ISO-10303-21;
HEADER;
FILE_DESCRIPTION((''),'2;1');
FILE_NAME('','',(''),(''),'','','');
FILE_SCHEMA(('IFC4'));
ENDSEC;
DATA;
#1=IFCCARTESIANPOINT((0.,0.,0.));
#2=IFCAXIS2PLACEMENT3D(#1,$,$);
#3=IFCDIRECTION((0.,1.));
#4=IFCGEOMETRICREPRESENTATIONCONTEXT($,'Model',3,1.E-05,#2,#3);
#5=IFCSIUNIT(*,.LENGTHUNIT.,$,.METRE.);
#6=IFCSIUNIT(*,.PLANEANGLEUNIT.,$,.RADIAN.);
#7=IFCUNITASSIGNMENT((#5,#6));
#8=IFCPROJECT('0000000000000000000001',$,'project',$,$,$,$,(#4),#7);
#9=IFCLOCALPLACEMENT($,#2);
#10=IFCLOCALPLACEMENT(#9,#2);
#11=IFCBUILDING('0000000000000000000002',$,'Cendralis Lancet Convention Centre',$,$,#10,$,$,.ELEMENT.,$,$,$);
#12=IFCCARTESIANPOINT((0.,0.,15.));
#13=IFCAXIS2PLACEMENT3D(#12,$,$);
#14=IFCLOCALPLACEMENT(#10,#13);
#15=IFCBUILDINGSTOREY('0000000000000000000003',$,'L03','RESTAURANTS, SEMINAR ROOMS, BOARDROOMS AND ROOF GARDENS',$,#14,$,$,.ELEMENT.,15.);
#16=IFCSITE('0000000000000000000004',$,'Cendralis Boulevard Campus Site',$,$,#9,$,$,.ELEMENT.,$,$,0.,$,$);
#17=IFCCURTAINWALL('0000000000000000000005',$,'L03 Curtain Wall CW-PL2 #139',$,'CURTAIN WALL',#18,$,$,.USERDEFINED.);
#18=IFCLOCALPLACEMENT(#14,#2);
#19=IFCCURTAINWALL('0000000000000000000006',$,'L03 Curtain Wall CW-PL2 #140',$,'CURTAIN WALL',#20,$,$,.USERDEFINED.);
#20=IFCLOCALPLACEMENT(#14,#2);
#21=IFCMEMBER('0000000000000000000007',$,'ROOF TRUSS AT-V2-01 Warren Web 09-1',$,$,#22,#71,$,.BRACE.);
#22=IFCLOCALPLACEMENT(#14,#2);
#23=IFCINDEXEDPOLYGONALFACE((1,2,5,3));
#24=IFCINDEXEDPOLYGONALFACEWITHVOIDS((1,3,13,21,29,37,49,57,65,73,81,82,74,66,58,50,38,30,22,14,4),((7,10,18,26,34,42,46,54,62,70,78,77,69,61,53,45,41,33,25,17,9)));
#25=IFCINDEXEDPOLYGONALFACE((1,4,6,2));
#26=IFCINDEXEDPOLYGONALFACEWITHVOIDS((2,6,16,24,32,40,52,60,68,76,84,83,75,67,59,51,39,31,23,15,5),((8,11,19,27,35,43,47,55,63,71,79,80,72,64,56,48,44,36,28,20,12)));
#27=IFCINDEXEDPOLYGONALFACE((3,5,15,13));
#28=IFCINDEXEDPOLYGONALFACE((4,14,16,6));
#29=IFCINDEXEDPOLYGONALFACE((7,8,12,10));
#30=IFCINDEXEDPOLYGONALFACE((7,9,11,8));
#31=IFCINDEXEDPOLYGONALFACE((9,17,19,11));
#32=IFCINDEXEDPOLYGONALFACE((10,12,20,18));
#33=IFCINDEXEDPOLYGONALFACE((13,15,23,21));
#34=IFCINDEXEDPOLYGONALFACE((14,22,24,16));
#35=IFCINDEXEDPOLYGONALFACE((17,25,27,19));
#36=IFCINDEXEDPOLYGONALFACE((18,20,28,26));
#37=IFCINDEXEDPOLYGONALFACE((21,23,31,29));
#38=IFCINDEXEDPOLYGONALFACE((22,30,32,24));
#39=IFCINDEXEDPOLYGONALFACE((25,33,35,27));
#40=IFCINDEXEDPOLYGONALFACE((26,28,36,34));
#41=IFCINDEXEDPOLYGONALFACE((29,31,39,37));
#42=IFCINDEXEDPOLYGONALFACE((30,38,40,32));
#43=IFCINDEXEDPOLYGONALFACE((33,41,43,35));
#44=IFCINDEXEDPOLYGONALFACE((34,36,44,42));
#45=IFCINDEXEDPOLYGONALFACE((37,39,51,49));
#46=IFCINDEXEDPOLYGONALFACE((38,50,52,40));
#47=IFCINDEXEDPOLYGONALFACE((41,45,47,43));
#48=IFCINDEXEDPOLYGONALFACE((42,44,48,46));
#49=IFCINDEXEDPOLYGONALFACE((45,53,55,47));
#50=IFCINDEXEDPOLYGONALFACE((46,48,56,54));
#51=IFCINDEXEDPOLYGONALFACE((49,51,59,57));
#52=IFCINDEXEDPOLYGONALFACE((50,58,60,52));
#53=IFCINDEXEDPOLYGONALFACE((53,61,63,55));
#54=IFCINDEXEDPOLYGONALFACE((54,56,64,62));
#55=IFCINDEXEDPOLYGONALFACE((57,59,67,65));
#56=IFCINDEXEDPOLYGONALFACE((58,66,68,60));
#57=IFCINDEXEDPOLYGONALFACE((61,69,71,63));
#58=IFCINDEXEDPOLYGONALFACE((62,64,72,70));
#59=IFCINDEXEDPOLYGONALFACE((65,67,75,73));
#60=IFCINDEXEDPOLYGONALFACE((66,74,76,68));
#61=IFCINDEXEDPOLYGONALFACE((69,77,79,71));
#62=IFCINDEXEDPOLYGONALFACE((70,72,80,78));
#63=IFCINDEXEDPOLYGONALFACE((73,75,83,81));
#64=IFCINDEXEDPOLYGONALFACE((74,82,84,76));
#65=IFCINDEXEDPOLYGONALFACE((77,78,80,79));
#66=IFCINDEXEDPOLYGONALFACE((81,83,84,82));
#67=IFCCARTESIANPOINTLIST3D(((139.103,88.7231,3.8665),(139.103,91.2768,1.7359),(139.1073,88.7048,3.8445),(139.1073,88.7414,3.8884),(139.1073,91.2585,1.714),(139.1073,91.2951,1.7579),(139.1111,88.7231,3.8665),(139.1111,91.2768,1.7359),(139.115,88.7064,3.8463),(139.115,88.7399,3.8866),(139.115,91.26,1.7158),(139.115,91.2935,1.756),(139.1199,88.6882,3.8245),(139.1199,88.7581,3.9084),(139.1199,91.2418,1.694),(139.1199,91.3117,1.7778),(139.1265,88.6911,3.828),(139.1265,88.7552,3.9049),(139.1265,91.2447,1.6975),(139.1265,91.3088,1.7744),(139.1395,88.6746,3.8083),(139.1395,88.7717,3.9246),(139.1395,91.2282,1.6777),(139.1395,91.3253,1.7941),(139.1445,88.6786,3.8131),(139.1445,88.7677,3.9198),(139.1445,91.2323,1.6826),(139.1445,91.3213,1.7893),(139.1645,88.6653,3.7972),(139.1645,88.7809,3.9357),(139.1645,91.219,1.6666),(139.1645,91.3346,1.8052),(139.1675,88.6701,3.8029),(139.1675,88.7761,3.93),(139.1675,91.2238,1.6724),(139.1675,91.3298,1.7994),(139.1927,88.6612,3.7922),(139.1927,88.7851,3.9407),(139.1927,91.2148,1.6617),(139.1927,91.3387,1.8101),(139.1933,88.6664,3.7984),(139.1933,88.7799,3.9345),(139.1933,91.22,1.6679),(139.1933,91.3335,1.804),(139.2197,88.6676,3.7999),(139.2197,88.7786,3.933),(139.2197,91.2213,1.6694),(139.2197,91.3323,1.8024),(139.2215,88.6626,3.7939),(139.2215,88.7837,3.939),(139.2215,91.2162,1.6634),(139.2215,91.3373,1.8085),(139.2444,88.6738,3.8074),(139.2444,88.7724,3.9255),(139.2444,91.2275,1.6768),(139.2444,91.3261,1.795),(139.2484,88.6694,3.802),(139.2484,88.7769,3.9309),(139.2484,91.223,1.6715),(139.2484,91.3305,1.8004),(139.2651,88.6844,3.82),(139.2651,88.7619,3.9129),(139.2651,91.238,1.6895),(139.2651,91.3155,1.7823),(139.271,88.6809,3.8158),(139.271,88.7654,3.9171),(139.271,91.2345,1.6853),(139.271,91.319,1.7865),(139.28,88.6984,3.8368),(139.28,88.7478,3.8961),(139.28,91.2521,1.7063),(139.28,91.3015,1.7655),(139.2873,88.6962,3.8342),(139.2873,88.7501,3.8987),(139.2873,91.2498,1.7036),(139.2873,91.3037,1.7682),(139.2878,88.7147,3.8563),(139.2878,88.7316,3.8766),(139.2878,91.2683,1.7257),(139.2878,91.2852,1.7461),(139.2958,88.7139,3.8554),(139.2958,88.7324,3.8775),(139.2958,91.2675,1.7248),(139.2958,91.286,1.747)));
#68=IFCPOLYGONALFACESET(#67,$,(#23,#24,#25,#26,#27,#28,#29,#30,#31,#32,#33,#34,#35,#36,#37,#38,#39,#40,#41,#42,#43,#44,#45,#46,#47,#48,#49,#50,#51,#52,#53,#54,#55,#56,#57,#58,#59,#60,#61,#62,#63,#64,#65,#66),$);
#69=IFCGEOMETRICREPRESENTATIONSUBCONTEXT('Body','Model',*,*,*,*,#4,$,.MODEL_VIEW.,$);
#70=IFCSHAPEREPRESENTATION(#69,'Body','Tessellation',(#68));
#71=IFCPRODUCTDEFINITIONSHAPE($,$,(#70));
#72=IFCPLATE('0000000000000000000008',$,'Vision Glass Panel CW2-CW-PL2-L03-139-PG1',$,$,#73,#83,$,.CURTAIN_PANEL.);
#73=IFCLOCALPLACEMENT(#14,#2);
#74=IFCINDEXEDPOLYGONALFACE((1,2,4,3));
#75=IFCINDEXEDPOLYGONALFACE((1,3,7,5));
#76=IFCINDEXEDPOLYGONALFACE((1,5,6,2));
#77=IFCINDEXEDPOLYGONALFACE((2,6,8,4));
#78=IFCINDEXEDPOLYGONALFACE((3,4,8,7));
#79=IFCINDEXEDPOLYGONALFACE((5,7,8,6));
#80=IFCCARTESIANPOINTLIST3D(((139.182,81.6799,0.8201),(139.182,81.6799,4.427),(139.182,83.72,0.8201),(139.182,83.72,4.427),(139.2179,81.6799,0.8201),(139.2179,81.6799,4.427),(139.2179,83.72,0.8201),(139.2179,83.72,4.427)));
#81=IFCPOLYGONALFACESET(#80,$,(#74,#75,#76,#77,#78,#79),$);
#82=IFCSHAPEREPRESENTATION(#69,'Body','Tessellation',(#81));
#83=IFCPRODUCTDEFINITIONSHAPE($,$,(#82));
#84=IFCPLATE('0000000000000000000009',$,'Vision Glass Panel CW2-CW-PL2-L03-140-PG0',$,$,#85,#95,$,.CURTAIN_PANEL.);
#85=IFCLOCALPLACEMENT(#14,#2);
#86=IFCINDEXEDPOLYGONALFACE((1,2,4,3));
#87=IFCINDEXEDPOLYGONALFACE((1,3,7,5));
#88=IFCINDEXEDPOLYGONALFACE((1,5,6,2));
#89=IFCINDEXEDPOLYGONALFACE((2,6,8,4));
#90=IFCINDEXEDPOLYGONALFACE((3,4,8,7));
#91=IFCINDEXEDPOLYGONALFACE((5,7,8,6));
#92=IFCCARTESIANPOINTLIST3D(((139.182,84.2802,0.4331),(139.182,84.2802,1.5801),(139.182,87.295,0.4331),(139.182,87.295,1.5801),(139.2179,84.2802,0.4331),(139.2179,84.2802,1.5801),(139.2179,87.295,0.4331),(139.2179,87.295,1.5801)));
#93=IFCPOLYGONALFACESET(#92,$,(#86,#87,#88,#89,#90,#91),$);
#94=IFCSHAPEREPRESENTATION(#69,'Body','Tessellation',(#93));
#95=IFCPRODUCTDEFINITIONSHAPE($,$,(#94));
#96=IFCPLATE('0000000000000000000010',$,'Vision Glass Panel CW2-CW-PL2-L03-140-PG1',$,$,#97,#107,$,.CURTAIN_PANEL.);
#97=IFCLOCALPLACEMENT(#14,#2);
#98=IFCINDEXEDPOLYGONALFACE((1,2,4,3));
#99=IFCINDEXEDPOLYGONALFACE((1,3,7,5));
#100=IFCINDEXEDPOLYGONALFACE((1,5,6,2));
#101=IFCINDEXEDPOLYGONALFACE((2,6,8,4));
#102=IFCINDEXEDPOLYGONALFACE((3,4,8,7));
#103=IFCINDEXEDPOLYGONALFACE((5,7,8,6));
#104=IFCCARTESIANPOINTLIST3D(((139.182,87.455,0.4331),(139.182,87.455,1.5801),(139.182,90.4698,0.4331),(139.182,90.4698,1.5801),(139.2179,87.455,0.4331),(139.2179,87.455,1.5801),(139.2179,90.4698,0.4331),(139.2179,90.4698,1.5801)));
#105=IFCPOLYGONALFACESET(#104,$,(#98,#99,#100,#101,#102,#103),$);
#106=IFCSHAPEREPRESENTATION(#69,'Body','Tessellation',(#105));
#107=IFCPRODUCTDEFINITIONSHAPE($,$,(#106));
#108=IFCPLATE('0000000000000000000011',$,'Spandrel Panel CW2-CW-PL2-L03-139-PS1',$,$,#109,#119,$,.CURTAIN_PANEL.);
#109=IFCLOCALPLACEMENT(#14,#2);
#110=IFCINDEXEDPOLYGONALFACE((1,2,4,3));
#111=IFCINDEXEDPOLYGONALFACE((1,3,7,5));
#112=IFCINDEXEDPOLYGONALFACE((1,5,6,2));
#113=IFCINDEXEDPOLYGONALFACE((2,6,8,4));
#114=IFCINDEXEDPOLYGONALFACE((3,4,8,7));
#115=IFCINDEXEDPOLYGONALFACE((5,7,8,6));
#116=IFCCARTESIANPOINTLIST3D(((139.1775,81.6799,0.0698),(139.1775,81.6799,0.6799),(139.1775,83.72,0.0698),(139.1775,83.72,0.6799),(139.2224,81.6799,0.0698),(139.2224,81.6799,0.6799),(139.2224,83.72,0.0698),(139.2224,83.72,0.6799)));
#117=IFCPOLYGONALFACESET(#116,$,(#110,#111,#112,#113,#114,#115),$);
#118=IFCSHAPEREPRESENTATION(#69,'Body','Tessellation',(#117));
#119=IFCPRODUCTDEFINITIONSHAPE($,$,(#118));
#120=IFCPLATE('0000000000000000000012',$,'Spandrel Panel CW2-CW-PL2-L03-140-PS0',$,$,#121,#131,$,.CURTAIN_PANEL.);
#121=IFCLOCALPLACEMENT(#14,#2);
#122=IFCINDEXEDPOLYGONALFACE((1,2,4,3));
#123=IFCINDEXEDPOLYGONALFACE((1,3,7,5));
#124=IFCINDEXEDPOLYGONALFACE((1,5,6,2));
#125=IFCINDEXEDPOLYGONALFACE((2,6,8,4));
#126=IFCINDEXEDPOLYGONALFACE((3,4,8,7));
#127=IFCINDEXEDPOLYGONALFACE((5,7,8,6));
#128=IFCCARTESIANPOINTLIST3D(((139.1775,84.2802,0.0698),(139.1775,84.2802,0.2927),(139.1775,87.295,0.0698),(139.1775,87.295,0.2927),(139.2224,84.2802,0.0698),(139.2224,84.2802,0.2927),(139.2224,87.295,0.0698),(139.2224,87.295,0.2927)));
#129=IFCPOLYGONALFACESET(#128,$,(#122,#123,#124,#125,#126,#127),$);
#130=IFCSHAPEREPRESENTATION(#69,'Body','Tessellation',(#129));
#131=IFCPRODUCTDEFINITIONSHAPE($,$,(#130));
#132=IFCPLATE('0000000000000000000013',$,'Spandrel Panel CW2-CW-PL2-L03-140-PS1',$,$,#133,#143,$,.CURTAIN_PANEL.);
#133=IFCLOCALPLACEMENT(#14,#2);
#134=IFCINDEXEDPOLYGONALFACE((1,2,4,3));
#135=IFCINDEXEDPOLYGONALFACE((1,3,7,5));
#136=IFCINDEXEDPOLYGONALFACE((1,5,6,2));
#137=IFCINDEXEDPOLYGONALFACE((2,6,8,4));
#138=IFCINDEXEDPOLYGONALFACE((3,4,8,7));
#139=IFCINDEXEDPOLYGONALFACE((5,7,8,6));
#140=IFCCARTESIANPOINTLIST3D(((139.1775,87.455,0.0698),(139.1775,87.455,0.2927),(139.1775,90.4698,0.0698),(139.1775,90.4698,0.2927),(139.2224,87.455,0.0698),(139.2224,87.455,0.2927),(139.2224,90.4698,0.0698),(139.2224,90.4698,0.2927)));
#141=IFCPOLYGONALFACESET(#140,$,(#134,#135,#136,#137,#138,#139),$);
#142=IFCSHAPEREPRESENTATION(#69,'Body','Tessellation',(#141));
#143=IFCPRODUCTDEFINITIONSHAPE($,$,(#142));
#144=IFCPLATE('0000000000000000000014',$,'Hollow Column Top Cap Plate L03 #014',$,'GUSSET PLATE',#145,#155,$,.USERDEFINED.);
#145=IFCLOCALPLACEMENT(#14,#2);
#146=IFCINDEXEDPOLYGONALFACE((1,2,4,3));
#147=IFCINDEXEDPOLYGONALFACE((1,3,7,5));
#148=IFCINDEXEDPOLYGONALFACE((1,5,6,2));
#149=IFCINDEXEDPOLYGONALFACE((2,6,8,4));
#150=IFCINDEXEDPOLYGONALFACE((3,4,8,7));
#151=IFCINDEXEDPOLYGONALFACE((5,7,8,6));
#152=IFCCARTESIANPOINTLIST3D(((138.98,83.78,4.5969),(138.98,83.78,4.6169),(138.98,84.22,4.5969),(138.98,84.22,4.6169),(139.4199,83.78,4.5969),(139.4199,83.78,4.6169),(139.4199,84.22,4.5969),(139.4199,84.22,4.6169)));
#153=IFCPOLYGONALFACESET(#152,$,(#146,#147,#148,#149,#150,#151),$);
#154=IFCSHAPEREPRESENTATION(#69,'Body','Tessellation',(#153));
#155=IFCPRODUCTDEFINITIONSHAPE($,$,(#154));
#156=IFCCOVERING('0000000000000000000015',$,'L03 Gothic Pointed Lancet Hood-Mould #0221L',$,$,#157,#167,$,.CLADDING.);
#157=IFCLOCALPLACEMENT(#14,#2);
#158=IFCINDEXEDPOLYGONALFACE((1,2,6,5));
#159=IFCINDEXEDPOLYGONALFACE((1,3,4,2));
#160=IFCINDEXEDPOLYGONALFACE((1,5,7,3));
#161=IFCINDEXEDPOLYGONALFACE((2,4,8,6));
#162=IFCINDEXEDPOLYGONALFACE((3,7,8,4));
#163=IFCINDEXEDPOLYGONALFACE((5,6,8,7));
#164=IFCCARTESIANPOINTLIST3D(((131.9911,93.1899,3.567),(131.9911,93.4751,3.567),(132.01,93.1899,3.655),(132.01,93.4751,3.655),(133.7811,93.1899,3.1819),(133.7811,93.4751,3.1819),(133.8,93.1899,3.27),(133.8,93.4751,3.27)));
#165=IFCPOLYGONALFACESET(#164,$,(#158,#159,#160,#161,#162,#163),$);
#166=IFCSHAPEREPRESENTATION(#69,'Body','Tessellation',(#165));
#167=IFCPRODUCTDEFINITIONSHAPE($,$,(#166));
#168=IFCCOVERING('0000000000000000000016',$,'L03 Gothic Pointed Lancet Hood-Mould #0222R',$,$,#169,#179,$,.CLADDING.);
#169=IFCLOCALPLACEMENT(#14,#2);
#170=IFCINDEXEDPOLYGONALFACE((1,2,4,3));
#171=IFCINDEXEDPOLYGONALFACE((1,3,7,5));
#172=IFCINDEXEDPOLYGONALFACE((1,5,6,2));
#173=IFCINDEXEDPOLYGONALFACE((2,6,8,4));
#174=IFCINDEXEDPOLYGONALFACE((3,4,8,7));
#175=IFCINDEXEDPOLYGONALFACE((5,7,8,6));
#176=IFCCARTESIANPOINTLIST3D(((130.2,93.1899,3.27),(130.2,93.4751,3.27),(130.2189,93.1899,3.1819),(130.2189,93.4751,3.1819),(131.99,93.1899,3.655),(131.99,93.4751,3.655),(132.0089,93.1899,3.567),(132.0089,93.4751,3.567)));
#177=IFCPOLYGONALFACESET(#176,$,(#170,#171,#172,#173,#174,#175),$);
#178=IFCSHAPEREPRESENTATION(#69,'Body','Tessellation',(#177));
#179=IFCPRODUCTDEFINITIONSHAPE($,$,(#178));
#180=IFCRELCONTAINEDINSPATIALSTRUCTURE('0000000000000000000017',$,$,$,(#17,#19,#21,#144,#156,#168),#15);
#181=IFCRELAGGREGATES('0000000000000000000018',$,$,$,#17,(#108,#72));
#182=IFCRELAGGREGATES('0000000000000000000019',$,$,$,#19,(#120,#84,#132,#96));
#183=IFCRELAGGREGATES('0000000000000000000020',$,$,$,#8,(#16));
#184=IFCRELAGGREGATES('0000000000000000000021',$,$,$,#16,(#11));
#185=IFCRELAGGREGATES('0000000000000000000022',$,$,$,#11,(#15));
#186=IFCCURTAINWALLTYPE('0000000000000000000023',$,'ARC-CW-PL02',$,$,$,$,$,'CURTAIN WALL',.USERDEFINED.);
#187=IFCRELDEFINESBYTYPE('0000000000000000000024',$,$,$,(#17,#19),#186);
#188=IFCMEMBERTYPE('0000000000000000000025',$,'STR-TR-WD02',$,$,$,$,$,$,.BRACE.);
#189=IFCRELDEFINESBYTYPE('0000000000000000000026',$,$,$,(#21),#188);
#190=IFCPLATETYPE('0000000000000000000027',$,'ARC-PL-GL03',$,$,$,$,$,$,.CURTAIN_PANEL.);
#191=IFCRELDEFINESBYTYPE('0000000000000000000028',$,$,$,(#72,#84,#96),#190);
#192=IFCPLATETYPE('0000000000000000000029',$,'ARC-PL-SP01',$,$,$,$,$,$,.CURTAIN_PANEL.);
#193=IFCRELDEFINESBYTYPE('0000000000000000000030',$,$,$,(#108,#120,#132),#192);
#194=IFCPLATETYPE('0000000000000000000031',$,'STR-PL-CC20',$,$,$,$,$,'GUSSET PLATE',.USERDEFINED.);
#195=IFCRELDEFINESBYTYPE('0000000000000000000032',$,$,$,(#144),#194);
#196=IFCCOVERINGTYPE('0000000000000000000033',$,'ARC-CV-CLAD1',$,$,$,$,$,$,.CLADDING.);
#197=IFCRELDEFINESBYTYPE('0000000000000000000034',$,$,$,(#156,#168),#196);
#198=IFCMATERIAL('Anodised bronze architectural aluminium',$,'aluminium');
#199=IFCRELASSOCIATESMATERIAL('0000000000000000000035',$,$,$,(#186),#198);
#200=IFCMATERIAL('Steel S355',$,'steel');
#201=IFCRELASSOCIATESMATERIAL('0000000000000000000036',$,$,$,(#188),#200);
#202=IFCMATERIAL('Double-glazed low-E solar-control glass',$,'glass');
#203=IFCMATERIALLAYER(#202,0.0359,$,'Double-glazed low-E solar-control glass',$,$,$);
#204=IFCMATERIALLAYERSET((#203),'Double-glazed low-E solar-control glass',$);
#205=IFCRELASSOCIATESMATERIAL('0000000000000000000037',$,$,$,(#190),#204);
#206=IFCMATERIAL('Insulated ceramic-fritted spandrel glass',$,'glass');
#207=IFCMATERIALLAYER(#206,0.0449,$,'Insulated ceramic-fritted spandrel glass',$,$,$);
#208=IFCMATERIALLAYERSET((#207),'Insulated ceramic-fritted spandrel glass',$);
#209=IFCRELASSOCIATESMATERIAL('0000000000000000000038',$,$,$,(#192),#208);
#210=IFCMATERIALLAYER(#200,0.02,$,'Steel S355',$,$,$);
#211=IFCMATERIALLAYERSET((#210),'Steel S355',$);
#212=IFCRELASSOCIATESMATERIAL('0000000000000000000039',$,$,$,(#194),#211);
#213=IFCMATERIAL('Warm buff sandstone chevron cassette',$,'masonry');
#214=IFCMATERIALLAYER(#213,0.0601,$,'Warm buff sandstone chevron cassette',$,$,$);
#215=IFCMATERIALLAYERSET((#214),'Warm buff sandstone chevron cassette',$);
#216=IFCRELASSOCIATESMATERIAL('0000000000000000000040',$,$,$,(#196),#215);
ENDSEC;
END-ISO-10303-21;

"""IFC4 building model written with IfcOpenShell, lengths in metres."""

from ifc_helpers import new_model, si_unit, direction, frame, origin, origin_2d, place, context, subcontext, project, spatial, polyline, rectangle, hollow_circle, outline, extrude, material, layer, layer_set, material_profile, profile_set, type_object, element, aggregate, save


model = new_model("IFC4")

# Units and contexts
model_context = context("Model", 3, precision=1e-05, world=origin(), true_north=direction((0.0, 1.0)))
body_context = subcontext(model_context, "Body", "Model", "MODEL_VIEW")
ifc_project = project(units=[si_unit("LENGTHUNIT", "METRE"), si_unit("PLANEANGLEUNIT", "RADIAN")], contexts=[model_context])

# Site, building, storey
site_placement = place(None, origin())
site = spatial("IfcSite", under=ifc_project, at=site_placement, Name="Cendralis Boulevard Campus Site", CompositionType="ELEMENT", RefElevation=0.0)
building_placement = place(site_placement, origin())
building = spatial("IfcBuilding", under=site, at=building_placement, Name="Cendralis Lancet Convention Centre", CompositionType="ELEMENT")
storey_placement = place(building_placement, frame((0.0, 0.0, 15.0)))
storey = spatial("IfcBuildingStorey", under=building, at=storey_placement, Name="L03", Description="RESTAURANTS, SEMINAR ROOMS, BOARDROOMS AND ROOF GARDENS", CompositionType="ELEMENT", Elevation=15.0)

# Shared definitions
ifc_material_1 = material(Name="Steel S355", Category="steel")

# Curtain walls
ifc_material_2 = material(Name="Anodised bronze architectural aluminium", Category="aluminium")
curtain_wall_type = type_object("IfcCurtainWallType", Name="ARC-CW-PL02", ElementType="CURTAIN WALL", PredefinedType="USERDEFINED", material=ifc_material_2)
curtain_wall_1_placement = place(storey_placement, origin())
curtain_wall_1 = element("IfcCurtainWall", 1, at=curtain_wall_1_placement, inside=storey, type_object=curtain_wall_type, Name="L03 Curtain Wall CW-PL2 #139", ObjectType="CURTAIN WALL", PredefinedType="USERDEFINED")
curtain_wall_2_placement = place(storey_placement, origin())
curtain_wall_2 = element("IfcCurtainWall", 2, at=curtain_wall_2_placement, inside=storey, type_object=curtain_wall_type, Name="L03 Curtain Wall CW-PL2 #140", ObjectType="CURTAIN WALL", PredefinedType="USERDEFINED")

# Member
ifc_material_profile_1 = material_profile(ifc_material_1, hollow_circle(Radius=0.0969, WallThickness=0.0081, at=origin_2d()), Name="CHS 193.7x8.0")
ifc_profile_set_1 = profile_set([ifc_material_profile_1], Name="Steel S355")
member_type_1 = type_object("IfcMemberType", Name="STR-TR-WD02", PredefinedType="BRACE", material=ifc_profile_set_1)
member_1_placement = place(storey_placement, frame((139.2, 88.7231, 3.8665), z_axis=(0.0, 0.767848, -0.640632), x_axis=(-1.0, 0.0, 0.0)))
element("IfcMember", 3, at=member_1_placement, inside=storey, type_object=member_type_1, Name="ROOF TRUSS AT-V2-01 Warren Web 09-1", PredefinedType="BRACE", context=body_context, shape_type="SweptSolid", body=[
    extrude(hollow_circle(Radius=0.0969, WallThickness=0.0081, at=origin_2d()), origin(), (0.0, 0.0, 1.0), 3.3257),
])

# Plates
ifc_material_3 = material(Name="Double-glazed low-E solar-control glass", Category="glass")
ifc_layer_1 = layer(ifc_material_3, 0.0359, Name="Double-glazed low-E solar-control glass")
ifc_layer_set_1 = layer_set([ifc_layer_1], Name="Double-glazed low-E solar-control glass")
plate_type_1 = type_object("IfcPlateType", Name="ARC-PL-GL03", PredefinedType="CURTAIN_PANEL", material=ifc_layer_set_1)
plate_1_placement = place(storey_placement, frame((139.2, 82.7, 0.8201), z_axis=(0.0, 0.0, 1.0), x_axis=(0.0, 1.0, 0.0)))
plate_1 = element("IfcPlate", 4, at=plate_1_placement, type_object=plate_type_1, Name="Vision Glass Panel CW2-CW-PL2-L03-139-PG1", PredefinedType="CURTAIN_PANEL", context=body_context, shape_type="SweptSolid", body=[
    extrude(rectangle(XDim=2.04, YDim=0.0359, at=origin_2d()), origin(), (0.0, 0.0, 1.0), 3.6069),
])
plate_2_placement = place(storey_placement, frame((139.2, 85.7876, 0.4331), z_axis=(0.0, 0.0, 1.0), x_axis=(0.0, 1.0, 0.0)))
plate_2 = element("IfcPlate", 5, at=plate_2_placement, type_object=plate_type_1, Name="Vision Glass Panel CW2-CW-PL2-L03-140-PG0", PredefinedType="CURTAIN_PANEL", context=body_context, shape_type="SweptSolid", body=[
    extrude(rectangle(XDim=3.0149, YDim=0.0359, at=origin_2d()), origin(), (0.0, 0.0, 1.0), 1.147),
])
plate_3_placement = place(storey_placement, frame((139.2, 88.9624, 0.4331), z_axis=(0.0, 0.0, 1.0), x_axis=(0.0, 1.0, 0.0)))
plate_3 = element("IfcPlate", 6, at=plate_3_placement, type_object=plate_type_1, Name="Vision Glass Panel CW2-CW-PL2-L03-140-PG1", PredefinedType="CURTAIN_PANEL", context=body_context, shape_type="SweptSolid", body=[
    extrude(rectangle(XDim=3.0149, YDim=0.0359, at=origin_2d()), origin(), (0.0, 0.0, 1.0), 1.147),
])
ifc_material_4 = material(Name="Insulated ceramic-fritted spandrel glass", Category="glass")
ifc_layer_2 = layer(ifc_material_4, 0.0449, Name="Insulated ceramic-fritted spandrel glass")
ifc_layer_set_2 = layer_set([ifc_layer_2], Name="Insulated ceramic-fritted spandrel glass")
plate_type_2 = type_object("IfcPlateType", Name="ARC-PL-SP01", PredefinedType="CURTAIN_PANEL", material=ifc_layer_set_2)
plate_4_placement = place(storey_placement, frame((139.2, 82.7, 0.0698), z_axis=(0.0, 0.0, 1.0), x_axis=(0.0, 1.0, 0.0)))
plate_4 = element("IfcPlate", 7, at=plate_4_placement, type_object=plate_type_2, Name="Spandrel Panel CW2-CW-PL2-L03-139-PS1", PredefinedType="CURTAIN_PANEL", context=body_context, shape_type="SweptSolid", body=[
    extrude(rectangle(XDim=2.04, YDim=0.0449, at=origin_2d()), origin(), (0.0, 0.0, 1.0), 0.6101),
])
aggregate(curtain_wall_1, [plate_4, plate_1])
plate_5_placement = place(storey_placement, frame((139.2, 85.7876, 0.0698), z_axis=(0.0, 0.0, 1.0), x_axis=(0.0, 1.0, 0.0)))
plate_5 = element("IfcPlate", 8, at=plate_5_placement, type_object=plate_type_2, Name="Spandrel Panel CW2-CW-PL2-L03-140-PS0", PredefinedType="CURTAIN_PANEL", context=body_context, shape_type="SweptSolid", body=[
    extrude(rectangle(XDim=3.0149, YDim=0.0449, at=origin_2d()), origin(), (0.0, 0.0, 1.0), 0.2229),
])
plate_6_placement = place(storey_placement, frame((139.2, 88.9624, 0.0698), z_axis=(0.0, 0.0, 1.0), x_axis=(0.0, 1.0, 0.0)))
plate_6 = element("IfcPlate", 9, at=plate_6_placement, type_object=plate_type_2, Name="Spandrel Panel CW2-CW-PL2-L03-140-PS1", PredefinedType="CURTAIN_PANEL", context=body_context, shape_type="SweptSolid", body=[
    extrude(rectangle(XDim=3.0149, YDim=0.0449, at=origin_2d()), origin(), (0.0, 0.0, 1.0), 0.2229),
])
aggregate(curtain_wall_2, [plate_5, plate_2, plate_6, plate_3])
ifc_layer_3 = layer(ifc_material_1, 0.02, Name="Steel S355")
ifc_layer_set_3 = layer_set([ifc_layer_3], Name="Steel S355")
plate_type_3 = type_object("IfcPlateType", Name="STR-PL-CC20", ElementType="GUSSET PLATE", PredefinedType="USERDEFINED", material=ifc_layer_set_3)
plate_7_placement = place(storey_placement, frame((139.2, 84.0, 4.5969), z_axis=(0.0, 0.0, 1.0), x_axis=(1.0, 0.0, 0.0)))
element("IfcPlate", 10, at=plate_7_placement, inside=storey, type_object=plate_type_3, Name="Hollow Column Top Cap Plate L03 #014", ObjectType="GUSSET PLATE", PredefinedType="USERDEFINED", context=body_context, shape_type="SweptSolid", body=[
    extrude(rectangle(XDim=0.4399, YDim=0.4399, at=origin_2d()), origin(), (0.0, 0.0, 1.0), 0.02),
])

# Coverings
ifc_material_5 = material(Name="Warm buff sandstone chevron cassette", Category="masonry")
ifc_layer_4 = layer(ifc_material_5, 0.0601, Name="Warm buff sandstone chevron cassette")
ifc_layer_set_4 = layer_set([ifc_layer_4], Name="Warm buff sandstone chevron cassette")
covering_type = type_object("IfcCoveringType", Name="ARC-CV-CLAD1", PredefinedType="CLADDING", material=ifc_layer_set_4)
for number, where, z_axis, x_axis, name in (
    (11, (133.8, 93.1899, 3.27), (0.210276, 0.0, 0.977642), (0.0, 1.0, 0.0), "L03 Gothic Pointed Lancet Hood-Mould #0221L"),
    (12, (131.99, 93.1899, 3.655), (-0.210276, 0.0, 0.977642), (0.0, 1.0, 0.0), "L03 Gothic Pointed Lancet Hood-Mould #0222R"),
):
    element("IfcCovering", number, at=place(storey_placement, frame(where, z_axis=z_axis, x_axis=x_axis)), inside=storey, type_object=covering_type, Name=name, PredefinedType="CLADDING", context=body_context, shape_type="SweptSolid", body=[
        extrude(outline(polyline([(0.0, 0.0), (0.2852, 0.0), (0.2852, 1.831), (0.0, 1.831), (0.0, 0.0)])), origin(), (0.0, 0.0, -1.0), 0.0901),
    ])

save(model, "model.ifc")
